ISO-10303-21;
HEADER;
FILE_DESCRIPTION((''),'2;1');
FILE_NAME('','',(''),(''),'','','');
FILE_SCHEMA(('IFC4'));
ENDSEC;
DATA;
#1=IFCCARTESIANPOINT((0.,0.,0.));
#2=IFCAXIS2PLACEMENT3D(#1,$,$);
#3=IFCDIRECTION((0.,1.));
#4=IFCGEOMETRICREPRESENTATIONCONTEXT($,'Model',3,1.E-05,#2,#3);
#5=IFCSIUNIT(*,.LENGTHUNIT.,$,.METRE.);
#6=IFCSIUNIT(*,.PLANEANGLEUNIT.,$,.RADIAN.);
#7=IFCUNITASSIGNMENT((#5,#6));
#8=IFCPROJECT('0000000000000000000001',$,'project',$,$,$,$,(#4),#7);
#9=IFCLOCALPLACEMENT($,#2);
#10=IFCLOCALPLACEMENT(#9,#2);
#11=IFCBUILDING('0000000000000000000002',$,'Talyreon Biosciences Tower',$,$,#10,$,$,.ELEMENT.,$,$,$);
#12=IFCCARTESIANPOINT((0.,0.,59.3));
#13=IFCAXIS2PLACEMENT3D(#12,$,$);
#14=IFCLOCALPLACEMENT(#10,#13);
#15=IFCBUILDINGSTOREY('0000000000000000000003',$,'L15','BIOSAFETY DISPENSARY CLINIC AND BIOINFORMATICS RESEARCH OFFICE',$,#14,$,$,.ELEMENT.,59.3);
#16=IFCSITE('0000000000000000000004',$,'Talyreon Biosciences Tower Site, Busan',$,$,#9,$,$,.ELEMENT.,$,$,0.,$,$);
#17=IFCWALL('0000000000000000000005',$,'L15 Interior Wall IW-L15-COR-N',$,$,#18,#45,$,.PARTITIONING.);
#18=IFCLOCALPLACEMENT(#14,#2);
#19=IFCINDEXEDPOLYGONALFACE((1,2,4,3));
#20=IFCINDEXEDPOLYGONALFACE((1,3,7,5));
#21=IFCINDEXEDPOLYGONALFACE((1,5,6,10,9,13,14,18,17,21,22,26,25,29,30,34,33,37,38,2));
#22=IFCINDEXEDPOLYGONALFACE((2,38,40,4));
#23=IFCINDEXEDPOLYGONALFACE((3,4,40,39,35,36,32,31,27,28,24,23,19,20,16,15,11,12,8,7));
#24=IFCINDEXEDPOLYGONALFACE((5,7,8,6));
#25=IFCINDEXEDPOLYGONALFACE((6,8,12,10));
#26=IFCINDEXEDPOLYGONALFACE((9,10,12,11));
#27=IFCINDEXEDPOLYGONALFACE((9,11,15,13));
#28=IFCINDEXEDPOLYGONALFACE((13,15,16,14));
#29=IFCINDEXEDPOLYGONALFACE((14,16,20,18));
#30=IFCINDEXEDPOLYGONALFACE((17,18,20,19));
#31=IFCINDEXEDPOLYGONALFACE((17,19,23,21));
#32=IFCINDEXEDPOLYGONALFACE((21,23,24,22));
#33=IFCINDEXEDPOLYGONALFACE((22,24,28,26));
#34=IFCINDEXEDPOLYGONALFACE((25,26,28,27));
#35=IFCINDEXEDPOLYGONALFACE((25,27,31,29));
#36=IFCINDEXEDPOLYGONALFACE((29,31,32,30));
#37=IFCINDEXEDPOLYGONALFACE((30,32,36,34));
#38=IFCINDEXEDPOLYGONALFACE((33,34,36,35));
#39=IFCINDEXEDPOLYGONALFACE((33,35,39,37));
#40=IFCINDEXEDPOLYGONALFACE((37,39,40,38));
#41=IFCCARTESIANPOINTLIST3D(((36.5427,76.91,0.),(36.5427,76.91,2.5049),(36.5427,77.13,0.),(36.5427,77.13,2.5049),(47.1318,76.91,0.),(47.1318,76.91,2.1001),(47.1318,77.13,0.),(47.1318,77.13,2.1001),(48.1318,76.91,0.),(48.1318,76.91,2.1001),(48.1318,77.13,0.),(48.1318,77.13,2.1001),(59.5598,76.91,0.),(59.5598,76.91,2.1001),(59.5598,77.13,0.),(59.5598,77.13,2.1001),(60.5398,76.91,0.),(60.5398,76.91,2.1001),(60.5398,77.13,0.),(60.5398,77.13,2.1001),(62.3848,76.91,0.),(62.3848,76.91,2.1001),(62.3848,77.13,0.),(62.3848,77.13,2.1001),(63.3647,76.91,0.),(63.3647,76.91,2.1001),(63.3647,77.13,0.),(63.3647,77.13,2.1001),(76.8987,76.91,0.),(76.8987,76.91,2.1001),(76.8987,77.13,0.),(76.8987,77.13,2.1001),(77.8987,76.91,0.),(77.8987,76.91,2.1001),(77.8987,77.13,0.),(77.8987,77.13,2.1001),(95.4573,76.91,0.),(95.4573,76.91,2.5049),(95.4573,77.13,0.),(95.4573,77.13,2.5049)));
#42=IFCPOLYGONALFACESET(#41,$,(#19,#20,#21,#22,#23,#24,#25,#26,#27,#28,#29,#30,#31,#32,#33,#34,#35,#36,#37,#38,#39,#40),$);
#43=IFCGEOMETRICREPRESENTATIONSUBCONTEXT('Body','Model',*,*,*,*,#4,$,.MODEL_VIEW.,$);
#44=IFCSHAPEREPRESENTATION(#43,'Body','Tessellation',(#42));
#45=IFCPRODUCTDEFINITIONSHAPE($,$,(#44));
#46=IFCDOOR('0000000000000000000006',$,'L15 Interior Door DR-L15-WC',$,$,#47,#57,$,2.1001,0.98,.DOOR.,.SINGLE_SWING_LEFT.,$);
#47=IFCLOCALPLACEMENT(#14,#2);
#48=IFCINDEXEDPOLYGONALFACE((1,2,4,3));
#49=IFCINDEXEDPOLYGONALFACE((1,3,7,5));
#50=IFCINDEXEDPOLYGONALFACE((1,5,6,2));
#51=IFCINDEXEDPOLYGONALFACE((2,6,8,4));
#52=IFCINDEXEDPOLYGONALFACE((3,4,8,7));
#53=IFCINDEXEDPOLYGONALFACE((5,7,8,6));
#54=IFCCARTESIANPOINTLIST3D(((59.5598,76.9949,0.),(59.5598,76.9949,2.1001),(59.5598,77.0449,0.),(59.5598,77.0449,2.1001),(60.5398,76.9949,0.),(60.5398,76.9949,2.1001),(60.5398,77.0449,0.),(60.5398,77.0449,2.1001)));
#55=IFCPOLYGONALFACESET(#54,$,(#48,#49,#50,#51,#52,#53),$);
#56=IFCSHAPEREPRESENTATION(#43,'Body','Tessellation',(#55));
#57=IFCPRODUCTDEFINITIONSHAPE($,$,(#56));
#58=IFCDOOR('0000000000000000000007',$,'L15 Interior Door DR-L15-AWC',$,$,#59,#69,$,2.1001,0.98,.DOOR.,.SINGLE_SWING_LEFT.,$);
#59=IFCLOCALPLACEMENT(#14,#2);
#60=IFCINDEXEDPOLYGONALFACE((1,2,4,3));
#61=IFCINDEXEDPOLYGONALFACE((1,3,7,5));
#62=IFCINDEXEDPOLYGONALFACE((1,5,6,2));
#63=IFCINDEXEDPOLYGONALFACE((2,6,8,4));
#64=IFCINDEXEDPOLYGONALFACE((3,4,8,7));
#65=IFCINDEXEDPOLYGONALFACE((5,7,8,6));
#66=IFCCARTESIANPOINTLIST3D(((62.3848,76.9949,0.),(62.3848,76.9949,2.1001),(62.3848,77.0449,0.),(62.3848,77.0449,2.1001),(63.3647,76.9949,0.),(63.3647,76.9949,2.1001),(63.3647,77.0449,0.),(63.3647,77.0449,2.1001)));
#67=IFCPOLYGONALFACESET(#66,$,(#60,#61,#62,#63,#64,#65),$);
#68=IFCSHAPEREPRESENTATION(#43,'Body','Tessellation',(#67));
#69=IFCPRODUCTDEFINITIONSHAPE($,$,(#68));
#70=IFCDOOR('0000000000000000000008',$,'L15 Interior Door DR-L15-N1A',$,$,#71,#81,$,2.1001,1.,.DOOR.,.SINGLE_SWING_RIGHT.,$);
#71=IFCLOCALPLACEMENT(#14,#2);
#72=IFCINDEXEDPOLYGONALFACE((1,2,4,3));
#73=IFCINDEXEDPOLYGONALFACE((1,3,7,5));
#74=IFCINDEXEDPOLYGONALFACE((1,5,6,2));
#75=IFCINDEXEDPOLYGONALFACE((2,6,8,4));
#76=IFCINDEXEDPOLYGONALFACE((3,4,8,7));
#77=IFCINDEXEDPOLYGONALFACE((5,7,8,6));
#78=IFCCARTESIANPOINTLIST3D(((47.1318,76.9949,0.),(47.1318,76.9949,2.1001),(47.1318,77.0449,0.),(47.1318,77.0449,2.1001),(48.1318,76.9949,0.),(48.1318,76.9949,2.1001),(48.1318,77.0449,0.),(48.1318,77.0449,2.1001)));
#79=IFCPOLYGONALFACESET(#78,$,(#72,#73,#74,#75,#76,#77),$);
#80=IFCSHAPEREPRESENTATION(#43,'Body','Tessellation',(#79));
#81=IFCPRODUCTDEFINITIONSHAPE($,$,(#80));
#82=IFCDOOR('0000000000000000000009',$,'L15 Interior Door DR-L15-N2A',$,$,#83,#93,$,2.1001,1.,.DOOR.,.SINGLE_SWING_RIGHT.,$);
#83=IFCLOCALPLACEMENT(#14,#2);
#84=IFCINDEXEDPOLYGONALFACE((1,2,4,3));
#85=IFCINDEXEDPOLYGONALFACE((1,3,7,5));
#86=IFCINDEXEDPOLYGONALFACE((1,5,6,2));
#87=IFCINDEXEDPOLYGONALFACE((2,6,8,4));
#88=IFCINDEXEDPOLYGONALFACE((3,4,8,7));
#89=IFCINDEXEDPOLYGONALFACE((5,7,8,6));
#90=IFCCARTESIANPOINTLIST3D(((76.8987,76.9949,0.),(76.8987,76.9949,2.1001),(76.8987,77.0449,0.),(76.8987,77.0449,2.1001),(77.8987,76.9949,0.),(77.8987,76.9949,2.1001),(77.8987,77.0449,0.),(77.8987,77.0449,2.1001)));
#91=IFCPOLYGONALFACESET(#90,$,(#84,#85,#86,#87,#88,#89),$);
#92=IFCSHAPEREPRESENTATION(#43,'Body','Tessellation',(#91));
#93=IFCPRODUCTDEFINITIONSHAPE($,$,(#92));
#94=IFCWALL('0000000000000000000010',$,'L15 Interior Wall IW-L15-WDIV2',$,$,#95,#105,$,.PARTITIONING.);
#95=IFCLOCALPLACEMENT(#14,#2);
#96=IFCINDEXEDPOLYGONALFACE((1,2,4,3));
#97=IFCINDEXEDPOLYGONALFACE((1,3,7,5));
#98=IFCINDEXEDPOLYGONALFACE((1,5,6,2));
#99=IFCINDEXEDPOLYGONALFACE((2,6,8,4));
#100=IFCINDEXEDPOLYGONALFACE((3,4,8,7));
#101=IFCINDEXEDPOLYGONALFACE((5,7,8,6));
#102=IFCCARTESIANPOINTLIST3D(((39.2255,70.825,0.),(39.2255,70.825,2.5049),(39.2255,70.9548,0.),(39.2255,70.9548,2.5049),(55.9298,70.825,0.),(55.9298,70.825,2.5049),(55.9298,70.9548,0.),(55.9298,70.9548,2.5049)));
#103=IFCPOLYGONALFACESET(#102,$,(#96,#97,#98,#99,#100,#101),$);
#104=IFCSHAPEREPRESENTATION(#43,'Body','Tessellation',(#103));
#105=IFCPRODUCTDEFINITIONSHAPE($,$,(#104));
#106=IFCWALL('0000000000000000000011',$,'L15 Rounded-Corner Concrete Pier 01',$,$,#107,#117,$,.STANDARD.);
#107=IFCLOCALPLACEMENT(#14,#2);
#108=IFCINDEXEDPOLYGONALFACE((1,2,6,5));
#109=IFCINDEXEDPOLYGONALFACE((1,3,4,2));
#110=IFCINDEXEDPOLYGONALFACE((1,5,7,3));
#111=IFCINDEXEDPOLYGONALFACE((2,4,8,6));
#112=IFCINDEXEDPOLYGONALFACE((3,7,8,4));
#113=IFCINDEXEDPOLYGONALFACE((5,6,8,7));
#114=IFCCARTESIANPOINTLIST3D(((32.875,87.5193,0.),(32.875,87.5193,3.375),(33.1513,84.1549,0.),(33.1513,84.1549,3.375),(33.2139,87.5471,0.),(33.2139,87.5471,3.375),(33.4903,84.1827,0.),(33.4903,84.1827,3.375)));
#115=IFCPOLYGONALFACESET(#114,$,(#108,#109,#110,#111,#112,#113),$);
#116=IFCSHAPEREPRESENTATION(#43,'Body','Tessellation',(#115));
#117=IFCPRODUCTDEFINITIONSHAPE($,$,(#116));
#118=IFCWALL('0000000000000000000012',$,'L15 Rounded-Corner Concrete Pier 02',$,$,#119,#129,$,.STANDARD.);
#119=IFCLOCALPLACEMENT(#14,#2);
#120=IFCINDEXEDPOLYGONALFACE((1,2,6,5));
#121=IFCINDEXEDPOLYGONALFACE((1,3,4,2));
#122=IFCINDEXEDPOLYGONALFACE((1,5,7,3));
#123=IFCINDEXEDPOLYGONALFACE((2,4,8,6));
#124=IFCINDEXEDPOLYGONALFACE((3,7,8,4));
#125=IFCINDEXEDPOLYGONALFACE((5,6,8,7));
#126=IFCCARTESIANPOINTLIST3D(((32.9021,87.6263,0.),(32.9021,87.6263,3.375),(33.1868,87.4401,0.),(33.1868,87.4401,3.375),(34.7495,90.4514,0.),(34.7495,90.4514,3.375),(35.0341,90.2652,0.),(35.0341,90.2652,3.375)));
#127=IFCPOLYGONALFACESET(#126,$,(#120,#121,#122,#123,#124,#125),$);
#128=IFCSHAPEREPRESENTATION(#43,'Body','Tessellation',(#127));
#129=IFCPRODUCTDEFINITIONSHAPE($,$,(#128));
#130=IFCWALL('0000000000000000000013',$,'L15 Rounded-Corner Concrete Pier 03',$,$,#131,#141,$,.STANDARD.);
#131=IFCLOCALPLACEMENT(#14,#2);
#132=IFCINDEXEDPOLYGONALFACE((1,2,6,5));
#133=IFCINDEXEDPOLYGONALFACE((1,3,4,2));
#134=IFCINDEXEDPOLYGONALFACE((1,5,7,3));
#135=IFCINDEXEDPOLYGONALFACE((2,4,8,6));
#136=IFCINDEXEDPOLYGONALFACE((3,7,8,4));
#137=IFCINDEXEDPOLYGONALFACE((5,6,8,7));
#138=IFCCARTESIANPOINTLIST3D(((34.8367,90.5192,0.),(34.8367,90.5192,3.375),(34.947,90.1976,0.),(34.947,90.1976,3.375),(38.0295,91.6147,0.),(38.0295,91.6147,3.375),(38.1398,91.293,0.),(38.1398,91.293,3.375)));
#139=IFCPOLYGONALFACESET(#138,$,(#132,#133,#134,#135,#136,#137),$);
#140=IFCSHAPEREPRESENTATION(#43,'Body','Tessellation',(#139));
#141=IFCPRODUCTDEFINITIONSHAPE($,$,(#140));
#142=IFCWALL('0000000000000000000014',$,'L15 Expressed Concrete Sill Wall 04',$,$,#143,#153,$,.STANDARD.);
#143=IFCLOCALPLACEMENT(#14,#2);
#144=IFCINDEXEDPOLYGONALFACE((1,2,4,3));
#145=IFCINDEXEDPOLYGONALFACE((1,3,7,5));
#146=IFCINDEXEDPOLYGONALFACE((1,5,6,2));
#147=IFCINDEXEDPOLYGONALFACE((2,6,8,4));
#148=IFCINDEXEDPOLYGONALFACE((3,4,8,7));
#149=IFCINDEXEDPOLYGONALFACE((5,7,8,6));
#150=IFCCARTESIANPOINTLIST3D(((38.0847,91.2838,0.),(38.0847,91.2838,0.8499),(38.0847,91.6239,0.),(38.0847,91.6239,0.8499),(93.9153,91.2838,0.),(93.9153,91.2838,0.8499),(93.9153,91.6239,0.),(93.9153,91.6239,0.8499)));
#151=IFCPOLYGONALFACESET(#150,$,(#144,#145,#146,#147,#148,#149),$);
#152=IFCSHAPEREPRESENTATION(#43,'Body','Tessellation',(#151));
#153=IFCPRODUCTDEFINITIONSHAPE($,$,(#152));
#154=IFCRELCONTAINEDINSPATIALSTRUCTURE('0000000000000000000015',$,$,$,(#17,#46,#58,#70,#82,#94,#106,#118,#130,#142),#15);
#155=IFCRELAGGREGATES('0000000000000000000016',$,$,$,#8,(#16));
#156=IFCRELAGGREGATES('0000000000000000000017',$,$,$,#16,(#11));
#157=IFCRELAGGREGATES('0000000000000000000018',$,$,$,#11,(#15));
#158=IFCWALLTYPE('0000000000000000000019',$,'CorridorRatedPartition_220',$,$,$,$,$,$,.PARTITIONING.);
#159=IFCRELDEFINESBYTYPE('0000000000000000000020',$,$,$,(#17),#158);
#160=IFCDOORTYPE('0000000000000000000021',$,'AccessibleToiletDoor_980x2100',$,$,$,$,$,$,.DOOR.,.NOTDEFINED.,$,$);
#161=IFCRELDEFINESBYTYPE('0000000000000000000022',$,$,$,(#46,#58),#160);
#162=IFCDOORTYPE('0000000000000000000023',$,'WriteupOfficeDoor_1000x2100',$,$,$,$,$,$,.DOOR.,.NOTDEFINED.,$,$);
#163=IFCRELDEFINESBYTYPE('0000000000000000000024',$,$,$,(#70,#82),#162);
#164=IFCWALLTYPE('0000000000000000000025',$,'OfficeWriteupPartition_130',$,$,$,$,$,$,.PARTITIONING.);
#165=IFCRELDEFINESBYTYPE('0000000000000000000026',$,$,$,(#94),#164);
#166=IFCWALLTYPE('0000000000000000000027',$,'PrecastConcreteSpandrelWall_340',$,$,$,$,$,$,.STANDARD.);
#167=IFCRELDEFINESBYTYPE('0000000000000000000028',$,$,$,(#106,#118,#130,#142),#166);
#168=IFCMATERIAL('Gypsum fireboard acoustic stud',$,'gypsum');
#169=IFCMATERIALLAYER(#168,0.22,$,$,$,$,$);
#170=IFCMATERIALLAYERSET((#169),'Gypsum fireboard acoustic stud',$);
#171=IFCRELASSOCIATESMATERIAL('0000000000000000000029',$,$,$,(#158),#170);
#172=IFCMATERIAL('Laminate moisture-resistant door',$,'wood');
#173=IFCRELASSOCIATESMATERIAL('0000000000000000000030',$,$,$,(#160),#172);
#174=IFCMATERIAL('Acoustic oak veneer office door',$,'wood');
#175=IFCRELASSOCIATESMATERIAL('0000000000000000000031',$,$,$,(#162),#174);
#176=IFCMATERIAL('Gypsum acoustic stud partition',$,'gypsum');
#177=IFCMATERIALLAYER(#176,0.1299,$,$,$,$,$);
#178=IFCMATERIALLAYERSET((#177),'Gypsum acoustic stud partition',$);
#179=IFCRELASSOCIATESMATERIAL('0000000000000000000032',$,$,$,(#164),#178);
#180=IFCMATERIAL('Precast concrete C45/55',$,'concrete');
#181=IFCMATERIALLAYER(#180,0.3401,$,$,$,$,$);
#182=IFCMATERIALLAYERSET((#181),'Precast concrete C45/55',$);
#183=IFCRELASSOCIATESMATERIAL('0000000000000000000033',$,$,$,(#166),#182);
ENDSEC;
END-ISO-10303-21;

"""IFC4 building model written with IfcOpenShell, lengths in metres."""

from ifc_helpers import new_model, si_unit, direction, frame, frame_2d, origin, place, context, subcontext, project, spatial, rectangle, extrude, material, layer, layer_set, type_object, element, fill, save


model = new_model("IFC4")

# Units and contexts
model_context = context("Model", 3, precision=1e-05, world=origin(), true_north=direction((0.0, 1.0)))
body_context = subcontext(model_context, "Body", "Model", "MODEL_VIEW")
ifc_project = project(units=[si_unit("LENGTHUNIT", "METRE"), si_unit("PLANEANGLEUNIT", "RADIAN")], contexts=[model_context])

# Site, building, storey
site_placement = place(None, origin())
site = spatial("IfcSite", under=ifc_project, at=site_placement, Name="Talyreon Biosciences Tower Site, Busan", CompositionType="ELEMENT", RefElevation=0.0)
building_placement = place(site_placement, origin())
building = spatial("IfcBuilding", under=site, at=building_placement, Name="Talyreon Biosciences Tower", CompositionType="ELEMENT")
storey_placement = place(building_placement, frame((0.0, 0.0, 59.3)))
storey = spatial("IfcBuildingStorey", under=building, at=storey_placement, Name="L15", Description="BIOSAFETY DISPENSARY CLINIC AND BIOINFORMATICS RESEARCH OFFICE", CompositionType="ELEMENT", Elevation=59.3)

# Shared definitions
ifc_material_1 = material(Name="Precast concrete C45/55", Category="concrete")

# Wall, openings, doors
ifc_material_2 = material(Name="Gypsum fireboard acoustic stud", Category="gypsum")
ifc_layer_1 = layer(ifc_material_2, 0.22)
ifc_layer_set_1 = layer_set([ifc_layer_1], Name="Gypsum fireboard acoustic stud")
wall_type_1 = type_object("IfcWallType", Name="CorridorRatedPartition_220", PredefinedType="PARTITIONING", material=ifc_layer_set_1)
wall_1_placement = place(storey_placement, frame((36.5427, 77.02, 0.0), z_axis=(0.0, 0.0, 1.0), x_axis=(1.0, 0.0, 0.0)))
wall_1 = element("IfcWall", 1, at=wall_1_placement, inside=storey, type_object=wall_type_1, Name="L15 Interior Wall IW-L15-COR-N", PredefinedType="PARTITIONING", context=body_context, shape_type="SweptSolid", body=[
    extrude(rectangle(XDim=58.9146, YDim=0.22, at=frame_2d((29.4573, 0.0))), origin(), (0.0, 0.0, 1.0), 2.5049),
])
opening_1_placement = place(wall_1_placement, frame((23.0171, 0.0, 0.0)))
opening_1 = element("IfcOpeningElement", 2, at=opening_1_placement, cuts=wall_1, PredefinedType="OPENING", context=body_context, shape_type="SweptSolid", body=[
    extrude(rectangle(XDim=0.98, YDim=2.1001, at=frame_2d((0.49, 1.05))), frame((0.0, 0.1199, 0.0), z_axis=(0.0, -1.0, 0.0), x_axis=(1.0, 0.0, 0.0)), (0.0, 0.0, 1.0), 0.24),
])
opening_2_placement = place(wall_1_placement, frame((25.842, 0.0, 0.0)))
opening_2 = element("IfcOpeningElement", 3, at=opening_2_placement, cuts=wall_1, PredefinedType="OPENING", context=body_context, shape_type="SweptSolid", body=[
    extrude(rectangle(XDim=0.98, YDim=2.1001, at=frame_2d((0.49, 1.05))), frame((0.0, 0.1199, 0.0), z_axis=(0.0, -1.0, 0.0), x_axis=(1.0, 0.0, 0.0)), (0.0, 0.0, 1.0), 0.24),
])
opening_3_placement = place(wall_1_placement, frame((10.5891, 0.0, 0.0)))
opening_3 = element("IfcOpeningElement", 4, at=opening_3_placement, cuts=wall_1, PredefinedType="OPENING", context=body_context, shape_type="SweptSolid", body=[
    extrude(rectangle(XDim=1.0, YDim=2.1001, at=frame_2d((0.5, 1.05))), frame((0.0, 0.1199, 0.0), z_axis=(0.0, -1.0, 0.0), x_axis=(1.0, 0.0, 0.0)), (0.0, 0.0, 1.0), 0.24),
])
opening_4_placement = place(wall_1_placement, frame((40.356, 0.0, 0.0)))
opening_4 = element("IfcOpeningElement", 5, at=opening_4_placement, cuts=wall_1, PredefinedType="OPENING", context=body_context, shape_type="SweptSolid", body=[
    extrude(rectangle(XDim=1.0, YDim=2.1001, at=frame_2d((0.5, 1.05))), frame((0.0, 0.1199, 0.0), z_axis=(0.0, -1.0, 0.0), x_axis=(1.0, 0.0, 0.0)), (0.0, 0.0, 1.0), 0.24),
])
ifc_material_3 = material(Name="Laminate moisture-resistant door", Category="wood")
door_type_1 = type_object("IfcDoorType", Name="AccessibleToiletDoor_980x2100", OperationType="NOTDEFINED", PredefinedType="DOOR", material=ifc_material_3)
door_1_placement = place(opening_1_placement, origin())
door_1 = element("IfcDoor", 6, at=door_1_placement, inside=storey, type_object=door_type_1, Name="L15 Interior Door DR-L15-WC", OperationType="SINGLE_SWING_LEFT", OverallHeight=2.1001, OverallWidth=0.98, PredefinedType="DOOR", context=body_context, shape_type="SweptSolid", body=[
    extrude(rectangle(XDim=0.98, YDim=2.1001, at=frame_2d((0.49, 1.05))), frame((0.0, 0.0249, 0.0), z_axis=(0.0, -1.0, 0.0), x_axis=(1.0, 0.0, 0.0)), (0.0, 0.0, 1.0), 0.05),
])
fill(opening_1, door_1)
door_2_placement = place(opening_2_placement, origin())
door_2 = element("IfcDoor", 7, at=door_2_placement, inside=storey, type_object=door_type_1, Name="L15 Interior Door DR-L15-AWC", OperationType="SINGLE_SWING_LEFT", OverallHeight=2.1001, OverallWidth=0.98, PredefinedType="DOOR", context=body_context, shape_type="SweptSolid", body=[
    extrude(rectangle(XDim=0.98, YDim=2.1001, at=frame_2d((0.49, 1.05))), frame((0.0, 0.0249, 0.0), z_axis=(0.0, -1.0, 0.0), x_axis=(1.0, 0.0, 0.0)), (0.0, 0.0, 1.0), 0.05),
])
fill(opening_2, door_2)
ifc_material_4 = material(Name="Acoustic oak veneer office door", Category="wood")
door_type_2 = type_object("IfcDoorType", Name="WriteupOfficeDoor_1000x2100", OperationType="NOTDEFINED", PredefinedType="DOOR", material=ifc_material_4)
door_3_placement = place(opening_3_placement, origin())
door_3 = element("IfcDoor", 8, at=door_3_placement, inside=storey, type_object=door_type_2, Name="L15 Interior Door DR-L15-N1A", OperationType="SINGLE_SWING_RIGHT", OverallHeight=2.1001, OverallWidth=1.0, PredefinedType="DOOR", context=body_context, shape_type="SweptSolid", body=[
    extrude(rectangle(XDim=1.0, YDim=2.1001, at=frame_2d((0.5, 1.05))), frame((0.0, 0.0249, 0.0), z_axis=(0.0, -1.0, 0.0), x_axis=(1.0, 0.0, 0.0)), (0.0, 0.0, 1.0), 0.05),
])
fill(opening_3, door_3)
door_4_placement = place(opening_4_placement, origin())
door_4 = element("IfcDoor", 9, at=door_4_placement, inside=storey, type_object=door_type_2, Name="L15 Interior Door DR-L15-N2A", OperationType="SINGLE_SWING_RIGHT", OverallHeight=2.1001, OverallWidth=1.0, PredefinedType="DOOR", context=body_context, shape_type="SweptSolid", body=[
    extrude(rectangle(XDim=1.0, YDim=2.1001, at=frame_2d((0.5, 1.05))), frame((0.0, 0.0249, 0.0), z_axis=(0.0, -1.0, 0.0), x_axis=(1.0, 0.0, 0.0)), (0.0, 0.0, 1.0), 0.05),
])
fill(opening_4, door_4)

# Walls
ifc_material_5 = material(Name="Gypsum acoustic stud partition", Category="gypsum")
ifc_layer_2 = layer(ifc_material_5, 0.1299)
ifc_layer_set_2 = layer_set([ifc_layer_2], Name="Gypsum acoustic stud partition")
wall_type_2 = type_object("IfcWallType", Name="OfficeWriteupPartition_130", PredefinedType="PARTITIONING", material=ifc_layer_set_2)
wall_2_placement = place(storey_placement, frame((39.2256, 70.8899, 0.0), z_axis=(0.0, 0.0, 1.0), x_axis=(1.0, 0.0, 0.0)))
element("IfcWall", 10, at=wall_2_placement, inside=storey, type_object=wall_type_2, Name="L15 Interior Wall IW-L15-WDIV2", PredefinedType="PARTITIONING", context=body_context, shape_type="SweptSolid", body=[
    extrude(rectangle(XDim=16.7043, YDim=0.1299, at=frame_2d((8.3521, 0.0))), origin(), (0.0, 0.0, 1.0), 2.5049),
])
ifc_layer_3 = layer(ifc_material_1, 0.3401)
ifc_layer_set_3 = layer_set([ifc_layer_3], Name="Precast concrete C45/55")
wall_type_3 = type_object("IfcWallType", Name="PrecastConcreteSpandrelWall_340", PredefinedType="STANDARD", material=ifc_layer_set_3)
wall_3_placement = place(storey_placement, frame((33.3208, 84.1687, 0.0), z_axis=(0.0, 0.0, 1.0), x_axis=(-0.081866, 0.996643, 0.0)))
element("IfcWall", 11, at=wall_3_placement, inside=storey, type_object=wall_type_3, Name="L15 Rounded-Corner Concrete Pier 01", PredefinedType="STANDARD", context=body_context, shape_type="SweptSolid", body=[
    extrude(rectangle(XDim=3.3757, YDim=0.3401, at=frame_2d((1.688, 0.0))), origin(), (0.0, 0.0, 1.0), 3.375),
])
for number, where, z_axis, x_axis, name in (
    (12, (33.0444, 87.5332, 0.0), (0.0, 0.0, 1.0), (0.547284, 0.836947, 0.0), "L15 Rounded-Corner Concrete Pier 02"),
    (13, (34.8918, 90.3584, 0.0), (0.0, 0.0, 1.0), (0.945877, 0.324526, 0.0), "L15 Rounded-Corner Concrete Pier 03"),
):
    element("IfcWall", number, at=place(storey_placement, frame(where, z_axis=z_axis, x_axis=x_axis)), inside=storey, type_object=wall_type_3, Name=name, PredefinedType="STANDARD", context=body_context, shape_type="SweptSolid", body=[
        extrude(rectangle(XDim=3.3755, YDim=0.3401, at=frame_2d((1.6877, 0.0))), origin(), (0.0, 0.0, 1.0), 3.375),
    ])
wall_4_placement = place(storey_placement, frame((38.0847, 91.4539, 0.0), z_axis=(0.0, 0.0, 1.0), x_axis=(1.0, 0.0, 0.0)))
element("IfcWall", 14, at=wall_4_placement, inside=storey, type_object=wall_type_3, Name="L15 Expressed Concrete Sill Wall 04", PredefinedType="STANDARD", context=body_context, shape_type="SweptSolid", body=[
    extrude(rectangle(XDim=55.8306, YDim=0.3401, at=frame_2d((27.9153, 0.0))), origin(), (0.0, 0.0, 1.0), 0.8499),
])

save(model, "model.ifc")
